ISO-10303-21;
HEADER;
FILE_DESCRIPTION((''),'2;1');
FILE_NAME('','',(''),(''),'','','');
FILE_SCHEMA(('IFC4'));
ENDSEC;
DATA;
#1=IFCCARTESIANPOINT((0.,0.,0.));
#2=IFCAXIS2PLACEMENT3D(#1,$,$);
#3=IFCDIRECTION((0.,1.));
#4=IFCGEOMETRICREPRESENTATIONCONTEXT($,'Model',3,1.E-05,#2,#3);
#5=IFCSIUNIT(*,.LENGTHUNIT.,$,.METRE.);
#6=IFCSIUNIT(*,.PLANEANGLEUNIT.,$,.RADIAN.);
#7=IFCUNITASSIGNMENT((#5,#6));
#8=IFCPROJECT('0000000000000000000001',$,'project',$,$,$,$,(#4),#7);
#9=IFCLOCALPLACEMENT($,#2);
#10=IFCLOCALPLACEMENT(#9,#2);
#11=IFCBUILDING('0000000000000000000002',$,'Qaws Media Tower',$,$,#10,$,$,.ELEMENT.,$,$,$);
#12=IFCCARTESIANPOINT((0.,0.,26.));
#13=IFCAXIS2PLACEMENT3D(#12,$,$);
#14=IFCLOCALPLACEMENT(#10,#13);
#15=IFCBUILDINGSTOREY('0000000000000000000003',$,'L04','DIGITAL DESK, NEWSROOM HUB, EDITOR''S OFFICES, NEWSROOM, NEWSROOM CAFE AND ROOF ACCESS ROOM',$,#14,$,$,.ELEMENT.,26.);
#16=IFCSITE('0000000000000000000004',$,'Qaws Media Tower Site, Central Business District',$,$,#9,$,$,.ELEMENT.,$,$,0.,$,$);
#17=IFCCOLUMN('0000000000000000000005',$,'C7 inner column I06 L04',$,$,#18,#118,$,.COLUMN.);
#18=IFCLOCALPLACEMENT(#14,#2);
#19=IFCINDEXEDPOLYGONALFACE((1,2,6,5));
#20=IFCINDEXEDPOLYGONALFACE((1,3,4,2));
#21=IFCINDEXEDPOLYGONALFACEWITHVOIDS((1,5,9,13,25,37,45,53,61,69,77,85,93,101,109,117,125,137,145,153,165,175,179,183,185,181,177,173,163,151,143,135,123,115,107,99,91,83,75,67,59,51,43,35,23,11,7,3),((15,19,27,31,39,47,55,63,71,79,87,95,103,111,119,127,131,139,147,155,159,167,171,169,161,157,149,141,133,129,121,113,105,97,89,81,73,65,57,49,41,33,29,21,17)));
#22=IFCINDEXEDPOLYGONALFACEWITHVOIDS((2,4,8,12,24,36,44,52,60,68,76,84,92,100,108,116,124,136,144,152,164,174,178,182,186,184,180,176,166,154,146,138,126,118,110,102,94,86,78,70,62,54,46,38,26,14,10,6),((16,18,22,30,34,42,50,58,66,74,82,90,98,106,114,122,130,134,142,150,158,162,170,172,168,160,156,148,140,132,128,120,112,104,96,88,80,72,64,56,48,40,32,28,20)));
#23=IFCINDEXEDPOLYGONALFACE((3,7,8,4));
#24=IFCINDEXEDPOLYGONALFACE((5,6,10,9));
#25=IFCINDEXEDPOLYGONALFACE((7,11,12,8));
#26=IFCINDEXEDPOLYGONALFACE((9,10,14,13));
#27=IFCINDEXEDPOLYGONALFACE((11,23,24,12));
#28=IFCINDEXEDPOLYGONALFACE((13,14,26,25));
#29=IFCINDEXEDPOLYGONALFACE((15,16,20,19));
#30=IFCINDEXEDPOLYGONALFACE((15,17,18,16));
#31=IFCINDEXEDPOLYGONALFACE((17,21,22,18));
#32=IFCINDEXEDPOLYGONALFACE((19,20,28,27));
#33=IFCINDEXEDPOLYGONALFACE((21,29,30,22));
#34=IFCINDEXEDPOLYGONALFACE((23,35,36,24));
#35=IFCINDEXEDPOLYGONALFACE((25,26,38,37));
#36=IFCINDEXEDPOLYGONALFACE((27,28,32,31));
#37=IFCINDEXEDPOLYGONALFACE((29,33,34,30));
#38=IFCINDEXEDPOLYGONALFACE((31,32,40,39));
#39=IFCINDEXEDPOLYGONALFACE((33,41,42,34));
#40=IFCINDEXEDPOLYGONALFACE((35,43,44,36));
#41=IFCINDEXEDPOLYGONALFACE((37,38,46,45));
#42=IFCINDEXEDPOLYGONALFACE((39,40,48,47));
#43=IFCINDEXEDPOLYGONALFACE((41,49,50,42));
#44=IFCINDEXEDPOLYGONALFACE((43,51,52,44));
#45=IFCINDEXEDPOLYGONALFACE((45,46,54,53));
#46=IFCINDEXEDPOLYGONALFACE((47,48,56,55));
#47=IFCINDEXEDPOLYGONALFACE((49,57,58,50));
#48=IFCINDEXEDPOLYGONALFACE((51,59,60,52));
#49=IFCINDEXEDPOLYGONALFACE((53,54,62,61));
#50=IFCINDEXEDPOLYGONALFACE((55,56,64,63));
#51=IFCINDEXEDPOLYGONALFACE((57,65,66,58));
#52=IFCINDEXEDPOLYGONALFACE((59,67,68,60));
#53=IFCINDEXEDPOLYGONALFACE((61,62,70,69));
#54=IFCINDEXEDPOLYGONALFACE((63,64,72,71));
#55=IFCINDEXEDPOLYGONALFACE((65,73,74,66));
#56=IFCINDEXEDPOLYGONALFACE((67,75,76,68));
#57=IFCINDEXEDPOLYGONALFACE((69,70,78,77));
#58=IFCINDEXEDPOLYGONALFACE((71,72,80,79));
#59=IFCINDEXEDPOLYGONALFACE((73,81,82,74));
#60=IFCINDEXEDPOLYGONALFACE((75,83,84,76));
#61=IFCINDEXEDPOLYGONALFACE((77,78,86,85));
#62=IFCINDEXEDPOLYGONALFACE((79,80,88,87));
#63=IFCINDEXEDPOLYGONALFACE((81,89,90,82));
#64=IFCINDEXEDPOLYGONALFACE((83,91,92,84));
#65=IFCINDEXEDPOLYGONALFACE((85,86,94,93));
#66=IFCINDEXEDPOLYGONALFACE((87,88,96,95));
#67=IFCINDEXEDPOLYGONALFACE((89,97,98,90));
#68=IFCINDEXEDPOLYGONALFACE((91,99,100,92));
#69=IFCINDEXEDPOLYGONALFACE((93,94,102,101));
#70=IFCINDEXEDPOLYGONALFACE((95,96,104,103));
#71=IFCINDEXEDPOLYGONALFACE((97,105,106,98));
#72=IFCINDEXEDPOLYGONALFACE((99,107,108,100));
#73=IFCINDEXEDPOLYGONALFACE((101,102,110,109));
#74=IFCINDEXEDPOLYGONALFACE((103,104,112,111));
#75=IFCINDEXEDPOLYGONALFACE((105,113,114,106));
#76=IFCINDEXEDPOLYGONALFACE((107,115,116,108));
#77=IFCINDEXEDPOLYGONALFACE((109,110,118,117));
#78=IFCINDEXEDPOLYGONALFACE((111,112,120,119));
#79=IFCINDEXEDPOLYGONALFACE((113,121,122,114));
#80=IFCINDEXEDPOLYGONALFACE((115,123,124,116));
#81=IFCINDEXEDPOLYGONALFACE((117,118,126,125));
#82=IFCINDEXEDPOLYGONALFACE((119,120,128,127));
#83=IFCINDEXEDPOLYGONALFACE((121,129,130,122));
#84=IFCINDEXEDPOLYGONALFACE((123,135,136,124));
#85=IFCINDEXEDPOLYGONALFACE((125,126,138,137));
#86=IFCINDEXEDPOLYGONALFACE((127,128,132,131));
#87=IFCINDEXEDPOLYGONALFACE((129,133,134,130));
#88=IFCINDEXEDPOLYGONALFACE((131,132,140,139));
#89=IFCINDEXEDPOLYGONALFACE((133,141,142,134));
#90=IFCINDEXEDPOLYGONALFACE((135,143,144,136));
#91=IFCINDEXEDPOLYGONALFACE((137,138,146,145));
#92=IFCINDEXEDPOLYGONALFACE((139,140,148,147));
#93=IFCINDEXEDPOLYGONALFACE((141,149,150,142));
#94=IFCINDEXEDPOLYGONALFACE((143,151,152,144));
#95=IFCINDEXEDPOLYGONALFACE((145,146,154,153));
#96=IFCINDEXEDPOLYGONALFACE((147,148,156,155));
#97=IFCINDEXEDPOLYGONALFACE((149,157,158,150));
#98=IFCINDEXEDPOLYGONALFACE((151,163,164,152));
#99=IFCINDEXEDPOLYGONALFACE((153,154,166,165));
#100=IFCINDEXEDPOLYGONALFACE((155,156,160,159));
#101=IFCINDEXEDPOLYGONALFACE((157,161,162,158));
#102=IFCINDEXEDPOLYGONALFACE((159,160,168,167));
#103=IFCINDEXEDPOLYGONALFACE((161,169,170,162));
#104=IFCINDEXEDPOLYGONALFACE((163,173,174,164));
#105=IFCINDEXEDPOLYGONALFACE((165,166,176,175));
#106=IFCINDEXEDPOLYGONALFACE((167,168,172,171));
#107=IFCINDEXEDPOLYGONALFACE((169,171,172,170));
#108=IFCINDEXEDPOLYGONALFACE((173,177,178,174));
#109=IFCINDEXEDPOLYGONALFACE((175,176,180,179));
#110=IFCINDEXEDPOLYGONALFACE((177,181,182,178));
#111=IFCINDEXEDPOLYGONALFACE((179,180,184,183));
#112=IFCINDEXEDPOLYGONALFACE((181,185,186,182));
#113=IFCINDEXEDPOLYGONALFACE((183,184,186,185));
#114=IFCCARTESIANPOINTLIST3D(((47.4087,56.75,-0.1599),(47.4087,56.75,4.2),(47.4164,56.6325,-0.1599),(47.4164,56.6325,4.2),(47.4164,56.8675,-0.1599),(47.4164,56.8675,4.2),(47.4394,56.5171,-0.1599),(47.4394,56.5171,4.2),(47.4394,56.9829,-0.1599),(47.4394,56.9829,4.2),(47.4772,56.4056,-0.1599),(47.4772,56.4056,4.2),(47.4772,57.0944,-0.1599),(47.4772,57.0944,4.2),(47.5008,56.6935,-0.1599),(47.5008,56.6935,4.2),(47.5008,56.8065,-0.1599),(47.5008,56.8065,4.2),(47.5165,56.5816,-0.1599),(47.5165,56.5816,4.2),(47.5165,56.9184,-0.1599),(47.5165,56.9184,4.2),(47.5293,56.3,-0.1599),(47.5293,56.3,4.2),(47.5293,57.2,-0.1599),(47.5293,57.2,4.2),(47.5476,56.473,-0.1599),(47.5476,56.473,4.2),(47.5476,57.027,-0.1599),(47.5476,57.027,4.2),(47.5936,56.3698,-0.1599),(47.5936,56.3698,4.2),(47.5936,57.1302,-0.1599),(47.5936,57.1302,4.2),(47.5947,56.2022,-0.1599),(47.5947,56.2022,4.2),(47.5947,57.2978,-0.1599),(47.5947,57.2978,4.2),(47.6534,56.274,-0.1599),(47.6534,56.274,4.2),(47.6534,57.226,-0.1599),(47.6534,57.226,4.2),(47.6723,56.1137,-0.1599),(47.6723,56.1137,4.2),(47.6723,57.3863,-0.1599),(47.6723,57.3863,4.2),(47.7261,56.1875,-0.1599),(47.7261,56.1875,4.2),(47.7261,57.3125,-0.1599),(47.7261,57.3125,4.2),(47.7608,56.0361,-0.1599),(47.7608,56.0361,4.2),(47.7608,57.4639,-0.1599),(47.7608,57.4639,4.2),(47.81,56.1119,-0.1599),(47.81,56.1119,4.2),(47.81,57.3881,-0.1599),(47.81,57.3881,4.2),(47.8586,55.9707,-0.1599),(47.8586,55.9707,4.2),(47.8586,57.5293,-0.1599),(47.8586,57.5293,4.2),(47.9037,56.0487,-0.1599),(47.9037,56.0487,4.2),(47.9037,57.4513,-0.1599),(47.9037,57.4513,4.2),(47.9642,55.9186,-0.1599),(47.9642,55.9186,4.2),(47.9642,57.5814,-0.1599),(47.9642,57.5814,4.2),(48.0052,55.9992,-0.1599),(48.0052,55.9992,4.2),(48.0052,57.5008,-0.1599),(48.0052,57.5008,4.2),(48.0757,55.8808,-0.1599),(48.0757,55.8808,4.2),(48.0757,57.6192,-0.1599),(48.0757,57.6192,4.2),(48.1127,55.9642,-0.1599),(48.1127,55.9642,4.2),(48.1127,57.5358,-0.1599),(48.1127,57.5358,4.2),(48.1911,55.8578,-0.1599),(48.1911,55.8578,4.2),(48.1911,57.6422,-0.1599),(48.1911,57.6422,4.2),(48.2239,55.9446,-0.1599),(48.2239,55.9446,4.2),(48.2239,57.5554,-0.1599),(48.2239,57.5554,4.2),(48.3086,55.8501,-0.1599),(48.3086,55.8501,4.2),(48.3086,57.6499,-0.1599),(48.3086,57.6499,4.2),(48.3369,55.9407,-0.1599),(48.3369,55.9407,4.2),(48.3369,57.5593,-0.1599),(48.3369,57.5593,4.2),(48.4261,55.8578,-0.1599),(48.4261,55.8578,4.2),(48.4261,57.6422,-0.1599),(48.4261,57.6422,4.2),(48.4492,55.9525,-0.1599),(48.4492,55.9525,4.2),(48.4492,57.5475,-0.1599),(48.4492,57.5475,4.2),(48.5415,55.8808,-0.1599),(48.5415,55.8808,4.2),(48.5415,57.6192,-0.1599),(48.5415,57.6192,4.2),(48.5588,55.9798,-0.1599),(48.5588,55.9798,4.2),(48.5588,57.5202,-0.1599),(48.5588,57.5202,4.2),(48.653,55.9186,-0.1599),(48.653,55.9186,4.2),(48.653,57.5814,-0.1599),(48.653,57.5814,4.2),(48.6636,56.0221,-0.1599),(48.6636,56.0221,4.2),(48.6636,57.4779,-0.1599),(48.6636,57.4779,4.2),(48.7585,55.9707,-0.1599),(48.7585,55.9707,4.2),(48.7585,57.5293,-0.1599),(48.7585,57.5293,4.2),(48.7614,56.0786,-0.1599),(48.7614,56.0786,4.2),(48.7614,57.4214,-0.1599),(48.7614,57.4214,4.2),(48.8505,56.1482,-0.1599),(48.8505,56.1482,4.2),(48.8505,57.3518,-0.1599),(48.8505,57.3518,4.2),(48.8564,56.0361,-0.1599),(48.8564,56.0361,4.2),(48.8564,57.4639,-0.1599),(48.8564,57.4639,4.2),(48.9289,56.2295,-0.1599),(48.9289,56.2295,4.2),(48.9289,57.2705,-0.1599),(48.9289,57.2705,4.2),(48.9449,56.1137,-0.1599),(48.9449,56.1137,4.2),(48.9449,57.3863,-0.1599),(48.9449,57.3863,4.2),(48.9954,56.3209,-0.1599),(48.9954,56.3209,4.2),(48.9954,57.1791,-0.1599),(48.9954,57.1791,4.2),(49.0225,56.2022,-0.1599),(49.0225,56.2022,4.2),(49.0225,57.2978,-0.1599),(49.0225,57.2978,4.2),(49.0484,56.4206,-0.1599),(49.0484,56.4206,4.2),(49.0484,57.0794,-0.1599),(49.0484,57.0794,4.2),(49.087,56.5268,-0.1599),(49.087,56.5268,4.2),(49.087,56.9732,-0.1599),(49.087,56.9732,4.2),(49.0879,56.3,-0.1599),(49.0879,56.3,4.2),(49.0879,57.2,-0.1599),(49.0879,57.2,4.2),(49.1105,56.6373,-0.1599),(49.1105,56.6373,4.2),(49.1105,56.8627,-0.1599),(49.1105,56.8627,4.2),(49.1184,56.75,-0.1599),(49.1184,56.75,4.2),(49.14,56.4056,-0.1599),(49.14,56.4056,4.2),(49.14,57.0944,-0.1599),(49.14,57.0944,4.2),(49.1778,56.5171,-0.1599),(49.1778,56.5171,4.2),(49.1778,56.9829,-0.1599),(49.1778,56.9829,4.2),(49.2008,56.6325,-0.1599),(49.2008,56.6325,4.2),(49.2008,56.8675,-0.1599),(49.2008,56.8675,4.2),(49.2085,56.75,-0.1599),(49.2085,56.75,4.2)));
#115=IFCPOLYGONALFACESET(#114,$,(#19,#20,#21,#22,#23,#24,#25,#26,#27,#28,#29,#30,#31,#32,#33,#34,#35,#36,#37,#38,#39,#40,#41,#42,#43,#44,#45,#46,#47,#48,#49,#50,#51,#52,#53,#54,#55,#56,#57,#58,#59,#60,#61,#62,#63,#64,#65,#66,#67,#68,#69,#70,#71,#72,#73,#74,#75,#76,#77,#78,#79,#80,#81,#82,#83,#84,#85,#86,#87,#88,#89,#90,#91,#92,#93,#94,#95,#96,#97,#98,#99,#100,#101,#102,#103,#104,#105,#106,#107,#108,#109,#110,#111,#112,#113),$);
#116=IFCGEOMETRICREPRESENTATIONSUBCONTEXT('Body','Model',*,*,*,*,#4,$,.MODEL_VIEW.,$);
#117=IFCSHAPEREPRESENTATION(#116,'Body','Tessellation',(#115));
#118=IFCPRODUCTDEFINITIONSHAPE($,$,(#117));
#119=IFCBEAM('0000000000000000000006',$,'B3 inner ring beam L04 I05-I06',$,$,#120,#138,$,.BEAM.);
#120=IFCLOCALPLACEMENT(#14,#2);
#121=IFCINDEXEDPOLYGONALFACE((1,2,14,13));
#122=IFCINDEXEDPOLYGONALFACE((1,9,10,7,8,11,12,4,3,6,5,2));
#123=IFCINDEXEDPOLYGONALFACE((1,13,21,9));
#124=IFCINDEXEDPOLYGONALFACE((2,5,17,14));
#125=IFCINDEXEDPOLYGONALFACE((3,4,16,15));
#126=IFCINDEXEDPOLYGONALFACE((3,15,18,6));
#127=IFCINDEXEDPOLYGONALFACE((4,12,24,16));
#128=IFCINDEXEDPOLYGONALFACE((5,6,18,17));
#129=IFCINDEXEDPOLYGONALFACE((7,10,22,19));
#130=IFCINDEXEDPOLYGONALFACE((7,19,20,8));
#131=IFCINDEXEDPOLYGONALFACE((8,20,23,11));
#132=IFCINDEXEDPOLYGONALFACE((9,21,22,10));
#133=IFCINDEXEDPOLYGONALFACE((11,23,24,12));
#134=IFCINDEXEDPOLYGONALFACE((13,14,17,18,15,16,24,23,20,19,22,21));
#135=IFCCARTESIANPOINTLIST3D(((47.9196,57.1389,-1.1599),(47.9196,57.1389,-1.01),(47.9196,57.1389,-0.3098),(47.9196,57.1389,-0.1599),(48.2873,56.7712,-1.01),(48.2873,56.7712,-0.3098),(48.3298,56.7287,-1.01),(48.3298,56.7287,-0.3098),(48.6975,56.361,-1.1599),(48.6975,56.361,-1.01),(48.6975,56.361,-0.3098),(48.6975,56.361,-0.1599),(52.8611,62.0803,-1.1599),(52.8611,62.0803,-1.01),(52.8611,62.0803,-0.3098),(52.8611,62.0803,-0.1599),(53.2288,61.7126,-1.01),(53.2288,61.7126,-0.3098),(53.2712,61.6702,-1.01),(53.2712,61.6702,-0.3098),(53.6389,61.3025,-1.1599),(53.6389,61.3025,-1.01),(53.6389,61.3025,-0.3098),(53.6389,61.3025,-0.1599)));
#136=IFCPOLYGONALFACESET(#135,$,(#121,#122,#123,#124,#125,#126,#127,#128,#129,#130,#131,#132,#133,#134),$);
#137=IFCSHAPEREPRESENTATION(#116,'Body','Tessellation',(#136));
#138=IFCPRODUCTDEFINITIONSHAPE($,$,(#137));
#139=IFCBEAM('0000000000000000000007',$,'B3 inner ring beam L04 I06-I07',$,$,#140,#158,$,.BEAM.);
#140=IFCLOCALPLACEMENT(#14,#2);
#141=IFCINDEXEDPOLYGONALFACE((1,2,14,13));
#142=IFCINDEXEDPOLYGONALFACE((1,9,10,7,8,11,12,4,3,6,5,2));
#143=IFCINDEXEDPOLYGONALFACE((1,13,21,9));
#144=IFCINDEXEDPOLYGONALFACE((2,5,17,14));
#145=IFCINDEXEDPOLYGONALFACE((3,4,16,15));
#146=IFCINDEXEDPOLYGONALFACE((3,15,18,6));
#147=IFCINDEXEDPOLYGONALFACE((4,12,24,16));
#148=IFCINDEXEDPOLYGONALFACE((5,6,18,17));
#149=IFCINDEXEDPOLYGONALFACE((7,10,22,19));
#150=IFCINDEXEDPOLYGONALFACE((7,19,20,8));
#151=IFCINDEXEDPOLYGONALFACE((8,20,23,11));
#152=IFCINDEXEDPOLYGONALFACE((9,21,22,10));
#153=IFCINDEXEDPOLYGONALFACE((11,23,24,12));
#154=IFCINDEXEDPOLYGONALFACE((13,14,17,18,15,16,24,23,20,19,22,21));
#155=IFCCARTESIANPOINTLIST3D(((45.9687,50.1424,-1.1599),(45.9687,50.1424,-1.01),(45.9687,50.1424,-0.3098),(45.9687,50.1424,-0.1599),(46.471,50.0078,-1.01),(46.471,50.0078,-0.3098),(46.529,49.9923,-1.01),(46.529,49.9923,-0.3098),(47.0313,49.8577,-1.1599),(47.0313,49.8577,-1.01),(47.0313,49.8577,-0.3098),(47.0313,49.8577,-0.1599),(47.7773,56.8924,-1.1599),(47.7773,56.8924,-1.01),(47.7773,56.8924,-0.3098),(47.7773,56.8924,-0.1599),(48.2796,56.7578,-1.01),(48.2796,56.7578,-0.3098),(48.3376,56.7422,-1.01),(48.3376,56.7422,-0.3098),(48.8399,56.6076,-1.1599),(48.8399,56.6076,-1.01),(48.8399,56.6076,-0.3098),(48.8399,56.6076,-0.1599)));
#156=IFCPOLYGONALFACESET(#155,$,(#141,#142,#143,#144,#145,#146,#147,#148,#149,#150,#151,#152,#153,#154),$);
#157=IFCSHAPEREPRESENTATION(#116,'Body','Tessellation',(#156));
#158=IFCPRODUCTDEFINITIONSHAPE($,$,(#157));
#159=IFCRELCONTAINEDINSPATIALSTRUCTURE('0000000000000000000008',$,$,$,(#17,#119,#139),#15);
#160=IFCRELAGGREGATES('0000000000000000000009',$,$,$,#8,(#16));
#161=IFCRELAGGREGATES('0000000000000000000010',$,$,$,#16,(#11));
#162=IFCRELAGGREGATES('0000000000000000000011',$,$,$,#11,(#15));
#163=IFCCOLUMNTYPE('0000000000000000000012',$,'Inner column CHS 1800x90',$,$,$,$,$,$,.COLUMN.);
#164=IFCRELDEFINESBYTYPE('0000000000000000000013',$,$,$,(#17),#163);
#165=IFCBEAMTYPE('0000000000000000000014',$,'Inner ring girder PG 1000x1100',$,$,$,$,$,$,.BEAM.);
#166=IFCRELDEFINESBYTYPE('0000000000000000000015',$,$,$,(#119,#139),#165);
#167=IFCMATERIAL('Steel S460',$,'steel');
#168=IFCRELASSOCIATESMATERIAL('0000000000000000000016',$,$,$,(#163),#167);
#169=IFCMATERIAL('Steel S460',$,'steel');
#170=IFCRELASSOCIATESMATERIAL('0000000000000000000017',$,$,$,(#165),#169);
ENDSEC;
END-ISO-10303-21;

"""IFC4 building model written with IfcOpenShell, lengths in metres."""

from ifc_helpers import new_model, si_unit, direction, frame, origin, origin_2d, place, context, subcontext, project, spatial, hollow_circle, i_section, extrude, material, material_profile, profile_set, type_object, element, save


model = new_model("IFC4")

# Units and contexts
model_context = context("Model", 3, precision=1e-05, world=origin(), true_north=direction((0.0, 1.0)))
body_context = subcontext(model_context, "Body", "Model", "MODEL_VIEW")
ifc_project = project(units=[si_unit("LENGTHUNIT", "METRE"), si_unit("PLANEANGLEUNIT", "RADIAN")], contexts=[model_context])

# Site, building, storey
site_placement = place(None, origin())
site = spatial("IfcSite", under=ifc_project, at=site_placement, Name="Qaws Media Tower Site, Central Business District", CompositionType="ELEMENT", RefElevation=0.0)
building_placement = place(site_placement, origin())
building = spatial("IfcBuilding", under=site, at=building_placement, Name="Qaws Media Tower", CompositionType="ELEMENT")
storey_placement = place(building_placement, frame((0.0, 0.0, 26.0)))
storey = spatial("IfcBuildingStorey", under=building, at=storey_placement, Name="L04", Description="DIGITAL DESK, NEWSROOM HUB, EDITOR'S OFFICES, NEWSROOM, NEWSROOM CAFE AND ROOF ACCESS ROOM", CompositionType="ELEMENT", Elevation=26.0)

# Column
ifc_material_1 = material(Name="Steel S460", Category="steel")
ifc_material_profile_1 = material_profile(ifc_material_1, hollow_circle(Radius=0.8999, WallThickness=0.0901, at=origin_2d()), Name="CHS 1800x90")
ifc_profile_set_1 = profile_set([ifc_material_profile_1], Name="Steel S460")
column_type = type_object("IfcColumnType", Name="Inner column CHS 1800x90", PredefinedType="COLUMN", material=ifc_profile_set_1)
for number, where, z_axis, x_axis, name in (
    (1, (48.3086, 56.75, -0.1599), (0.0, 0.0, 1.0), (1.0, 0.0, 0.0), "C7 inner column I06 L04"),
):
    element("IfcColumn", number, at=place(storey_placement, frame(where, z_axis=z_axis, x_axis=x_axis)), inside=storey, type_object=column_type, Name=name, PredefinedType="COLUMN", context=body_context, shape_type="SweptSolid", body=[
        extrude(hollow_circle(Radius=0.8999, WallThickness=0.0901, at=origin_2d()), origin(), (0.0, 0.0, 1.0), 4.3599),
    ])

# Beams
ifc_material_2 = material(Name="Steel S460", Category="steel")
ifc_material_profile_2 = material_profile(ifc_material_2, i_section(OverallWidth=1.1001, OverallDepth=1.0, WebThickness=0.0601, FlangeThickness=0.1499, at=origin_2d()), Name="PG 1000x1100")
ifc_profile_set_2 = profile_set([ifc_material_profile_2], Name="Steel S460")
beam_type_1 = type_object("IfcBeamType", Name="Inner ring girder PG 1000x1100", PredefinedType="BEAM", material=ifc_profile_set_2)
beam_1_placement = place(storey_placement, frame((53.25, 61.6914, -0.6599), z_axis=(-0.707107, -0.707107, 0.0), x_axis=(0.707107, -0.707107, 0.0)))
element("IfcBeam", 2, at=beam_1_placement, inside=storey, type_object=beam_type_1, Name="B3 inner ring beam L04 I05-I06", PredefinedType="BEAM", context=body_context, shape_type="SweptSolid", body=[
    extrude(i_section(OverallWidth=1.1001, OverallDepth=1.0, WebThickness=0.0601, FlangeThickness=0.1499, at=origin_2d()), origin(), (0.0, 0.0, 1.0), 6.9883),
])
beam_2_placement = place(storey_placement, frame((48.3086, 56.75, -0.6599), z_axis=(-0.258811, -0.965928, 0.0), x_axis=(0.965928, -0.258811, 0.0)))
element("IfcBeam", 3, at=beam_2_placement, inside=storey, type_object=beam_type_1, Name="B3 inner ring beam L04 I06-I07", PredefinedType="BEAM", context=body_context, shape_type="SweptSolid", body=[
    extrude(i_section(OverallWidth=1.1001, OverallDepth=1.0, WebThickness=0.0601, FlangeThickness=0.1499, at=origin_2d()), origin(), (0.0, 0.0, 1.0), 6.988),
])

save(model, "model.ifc")
